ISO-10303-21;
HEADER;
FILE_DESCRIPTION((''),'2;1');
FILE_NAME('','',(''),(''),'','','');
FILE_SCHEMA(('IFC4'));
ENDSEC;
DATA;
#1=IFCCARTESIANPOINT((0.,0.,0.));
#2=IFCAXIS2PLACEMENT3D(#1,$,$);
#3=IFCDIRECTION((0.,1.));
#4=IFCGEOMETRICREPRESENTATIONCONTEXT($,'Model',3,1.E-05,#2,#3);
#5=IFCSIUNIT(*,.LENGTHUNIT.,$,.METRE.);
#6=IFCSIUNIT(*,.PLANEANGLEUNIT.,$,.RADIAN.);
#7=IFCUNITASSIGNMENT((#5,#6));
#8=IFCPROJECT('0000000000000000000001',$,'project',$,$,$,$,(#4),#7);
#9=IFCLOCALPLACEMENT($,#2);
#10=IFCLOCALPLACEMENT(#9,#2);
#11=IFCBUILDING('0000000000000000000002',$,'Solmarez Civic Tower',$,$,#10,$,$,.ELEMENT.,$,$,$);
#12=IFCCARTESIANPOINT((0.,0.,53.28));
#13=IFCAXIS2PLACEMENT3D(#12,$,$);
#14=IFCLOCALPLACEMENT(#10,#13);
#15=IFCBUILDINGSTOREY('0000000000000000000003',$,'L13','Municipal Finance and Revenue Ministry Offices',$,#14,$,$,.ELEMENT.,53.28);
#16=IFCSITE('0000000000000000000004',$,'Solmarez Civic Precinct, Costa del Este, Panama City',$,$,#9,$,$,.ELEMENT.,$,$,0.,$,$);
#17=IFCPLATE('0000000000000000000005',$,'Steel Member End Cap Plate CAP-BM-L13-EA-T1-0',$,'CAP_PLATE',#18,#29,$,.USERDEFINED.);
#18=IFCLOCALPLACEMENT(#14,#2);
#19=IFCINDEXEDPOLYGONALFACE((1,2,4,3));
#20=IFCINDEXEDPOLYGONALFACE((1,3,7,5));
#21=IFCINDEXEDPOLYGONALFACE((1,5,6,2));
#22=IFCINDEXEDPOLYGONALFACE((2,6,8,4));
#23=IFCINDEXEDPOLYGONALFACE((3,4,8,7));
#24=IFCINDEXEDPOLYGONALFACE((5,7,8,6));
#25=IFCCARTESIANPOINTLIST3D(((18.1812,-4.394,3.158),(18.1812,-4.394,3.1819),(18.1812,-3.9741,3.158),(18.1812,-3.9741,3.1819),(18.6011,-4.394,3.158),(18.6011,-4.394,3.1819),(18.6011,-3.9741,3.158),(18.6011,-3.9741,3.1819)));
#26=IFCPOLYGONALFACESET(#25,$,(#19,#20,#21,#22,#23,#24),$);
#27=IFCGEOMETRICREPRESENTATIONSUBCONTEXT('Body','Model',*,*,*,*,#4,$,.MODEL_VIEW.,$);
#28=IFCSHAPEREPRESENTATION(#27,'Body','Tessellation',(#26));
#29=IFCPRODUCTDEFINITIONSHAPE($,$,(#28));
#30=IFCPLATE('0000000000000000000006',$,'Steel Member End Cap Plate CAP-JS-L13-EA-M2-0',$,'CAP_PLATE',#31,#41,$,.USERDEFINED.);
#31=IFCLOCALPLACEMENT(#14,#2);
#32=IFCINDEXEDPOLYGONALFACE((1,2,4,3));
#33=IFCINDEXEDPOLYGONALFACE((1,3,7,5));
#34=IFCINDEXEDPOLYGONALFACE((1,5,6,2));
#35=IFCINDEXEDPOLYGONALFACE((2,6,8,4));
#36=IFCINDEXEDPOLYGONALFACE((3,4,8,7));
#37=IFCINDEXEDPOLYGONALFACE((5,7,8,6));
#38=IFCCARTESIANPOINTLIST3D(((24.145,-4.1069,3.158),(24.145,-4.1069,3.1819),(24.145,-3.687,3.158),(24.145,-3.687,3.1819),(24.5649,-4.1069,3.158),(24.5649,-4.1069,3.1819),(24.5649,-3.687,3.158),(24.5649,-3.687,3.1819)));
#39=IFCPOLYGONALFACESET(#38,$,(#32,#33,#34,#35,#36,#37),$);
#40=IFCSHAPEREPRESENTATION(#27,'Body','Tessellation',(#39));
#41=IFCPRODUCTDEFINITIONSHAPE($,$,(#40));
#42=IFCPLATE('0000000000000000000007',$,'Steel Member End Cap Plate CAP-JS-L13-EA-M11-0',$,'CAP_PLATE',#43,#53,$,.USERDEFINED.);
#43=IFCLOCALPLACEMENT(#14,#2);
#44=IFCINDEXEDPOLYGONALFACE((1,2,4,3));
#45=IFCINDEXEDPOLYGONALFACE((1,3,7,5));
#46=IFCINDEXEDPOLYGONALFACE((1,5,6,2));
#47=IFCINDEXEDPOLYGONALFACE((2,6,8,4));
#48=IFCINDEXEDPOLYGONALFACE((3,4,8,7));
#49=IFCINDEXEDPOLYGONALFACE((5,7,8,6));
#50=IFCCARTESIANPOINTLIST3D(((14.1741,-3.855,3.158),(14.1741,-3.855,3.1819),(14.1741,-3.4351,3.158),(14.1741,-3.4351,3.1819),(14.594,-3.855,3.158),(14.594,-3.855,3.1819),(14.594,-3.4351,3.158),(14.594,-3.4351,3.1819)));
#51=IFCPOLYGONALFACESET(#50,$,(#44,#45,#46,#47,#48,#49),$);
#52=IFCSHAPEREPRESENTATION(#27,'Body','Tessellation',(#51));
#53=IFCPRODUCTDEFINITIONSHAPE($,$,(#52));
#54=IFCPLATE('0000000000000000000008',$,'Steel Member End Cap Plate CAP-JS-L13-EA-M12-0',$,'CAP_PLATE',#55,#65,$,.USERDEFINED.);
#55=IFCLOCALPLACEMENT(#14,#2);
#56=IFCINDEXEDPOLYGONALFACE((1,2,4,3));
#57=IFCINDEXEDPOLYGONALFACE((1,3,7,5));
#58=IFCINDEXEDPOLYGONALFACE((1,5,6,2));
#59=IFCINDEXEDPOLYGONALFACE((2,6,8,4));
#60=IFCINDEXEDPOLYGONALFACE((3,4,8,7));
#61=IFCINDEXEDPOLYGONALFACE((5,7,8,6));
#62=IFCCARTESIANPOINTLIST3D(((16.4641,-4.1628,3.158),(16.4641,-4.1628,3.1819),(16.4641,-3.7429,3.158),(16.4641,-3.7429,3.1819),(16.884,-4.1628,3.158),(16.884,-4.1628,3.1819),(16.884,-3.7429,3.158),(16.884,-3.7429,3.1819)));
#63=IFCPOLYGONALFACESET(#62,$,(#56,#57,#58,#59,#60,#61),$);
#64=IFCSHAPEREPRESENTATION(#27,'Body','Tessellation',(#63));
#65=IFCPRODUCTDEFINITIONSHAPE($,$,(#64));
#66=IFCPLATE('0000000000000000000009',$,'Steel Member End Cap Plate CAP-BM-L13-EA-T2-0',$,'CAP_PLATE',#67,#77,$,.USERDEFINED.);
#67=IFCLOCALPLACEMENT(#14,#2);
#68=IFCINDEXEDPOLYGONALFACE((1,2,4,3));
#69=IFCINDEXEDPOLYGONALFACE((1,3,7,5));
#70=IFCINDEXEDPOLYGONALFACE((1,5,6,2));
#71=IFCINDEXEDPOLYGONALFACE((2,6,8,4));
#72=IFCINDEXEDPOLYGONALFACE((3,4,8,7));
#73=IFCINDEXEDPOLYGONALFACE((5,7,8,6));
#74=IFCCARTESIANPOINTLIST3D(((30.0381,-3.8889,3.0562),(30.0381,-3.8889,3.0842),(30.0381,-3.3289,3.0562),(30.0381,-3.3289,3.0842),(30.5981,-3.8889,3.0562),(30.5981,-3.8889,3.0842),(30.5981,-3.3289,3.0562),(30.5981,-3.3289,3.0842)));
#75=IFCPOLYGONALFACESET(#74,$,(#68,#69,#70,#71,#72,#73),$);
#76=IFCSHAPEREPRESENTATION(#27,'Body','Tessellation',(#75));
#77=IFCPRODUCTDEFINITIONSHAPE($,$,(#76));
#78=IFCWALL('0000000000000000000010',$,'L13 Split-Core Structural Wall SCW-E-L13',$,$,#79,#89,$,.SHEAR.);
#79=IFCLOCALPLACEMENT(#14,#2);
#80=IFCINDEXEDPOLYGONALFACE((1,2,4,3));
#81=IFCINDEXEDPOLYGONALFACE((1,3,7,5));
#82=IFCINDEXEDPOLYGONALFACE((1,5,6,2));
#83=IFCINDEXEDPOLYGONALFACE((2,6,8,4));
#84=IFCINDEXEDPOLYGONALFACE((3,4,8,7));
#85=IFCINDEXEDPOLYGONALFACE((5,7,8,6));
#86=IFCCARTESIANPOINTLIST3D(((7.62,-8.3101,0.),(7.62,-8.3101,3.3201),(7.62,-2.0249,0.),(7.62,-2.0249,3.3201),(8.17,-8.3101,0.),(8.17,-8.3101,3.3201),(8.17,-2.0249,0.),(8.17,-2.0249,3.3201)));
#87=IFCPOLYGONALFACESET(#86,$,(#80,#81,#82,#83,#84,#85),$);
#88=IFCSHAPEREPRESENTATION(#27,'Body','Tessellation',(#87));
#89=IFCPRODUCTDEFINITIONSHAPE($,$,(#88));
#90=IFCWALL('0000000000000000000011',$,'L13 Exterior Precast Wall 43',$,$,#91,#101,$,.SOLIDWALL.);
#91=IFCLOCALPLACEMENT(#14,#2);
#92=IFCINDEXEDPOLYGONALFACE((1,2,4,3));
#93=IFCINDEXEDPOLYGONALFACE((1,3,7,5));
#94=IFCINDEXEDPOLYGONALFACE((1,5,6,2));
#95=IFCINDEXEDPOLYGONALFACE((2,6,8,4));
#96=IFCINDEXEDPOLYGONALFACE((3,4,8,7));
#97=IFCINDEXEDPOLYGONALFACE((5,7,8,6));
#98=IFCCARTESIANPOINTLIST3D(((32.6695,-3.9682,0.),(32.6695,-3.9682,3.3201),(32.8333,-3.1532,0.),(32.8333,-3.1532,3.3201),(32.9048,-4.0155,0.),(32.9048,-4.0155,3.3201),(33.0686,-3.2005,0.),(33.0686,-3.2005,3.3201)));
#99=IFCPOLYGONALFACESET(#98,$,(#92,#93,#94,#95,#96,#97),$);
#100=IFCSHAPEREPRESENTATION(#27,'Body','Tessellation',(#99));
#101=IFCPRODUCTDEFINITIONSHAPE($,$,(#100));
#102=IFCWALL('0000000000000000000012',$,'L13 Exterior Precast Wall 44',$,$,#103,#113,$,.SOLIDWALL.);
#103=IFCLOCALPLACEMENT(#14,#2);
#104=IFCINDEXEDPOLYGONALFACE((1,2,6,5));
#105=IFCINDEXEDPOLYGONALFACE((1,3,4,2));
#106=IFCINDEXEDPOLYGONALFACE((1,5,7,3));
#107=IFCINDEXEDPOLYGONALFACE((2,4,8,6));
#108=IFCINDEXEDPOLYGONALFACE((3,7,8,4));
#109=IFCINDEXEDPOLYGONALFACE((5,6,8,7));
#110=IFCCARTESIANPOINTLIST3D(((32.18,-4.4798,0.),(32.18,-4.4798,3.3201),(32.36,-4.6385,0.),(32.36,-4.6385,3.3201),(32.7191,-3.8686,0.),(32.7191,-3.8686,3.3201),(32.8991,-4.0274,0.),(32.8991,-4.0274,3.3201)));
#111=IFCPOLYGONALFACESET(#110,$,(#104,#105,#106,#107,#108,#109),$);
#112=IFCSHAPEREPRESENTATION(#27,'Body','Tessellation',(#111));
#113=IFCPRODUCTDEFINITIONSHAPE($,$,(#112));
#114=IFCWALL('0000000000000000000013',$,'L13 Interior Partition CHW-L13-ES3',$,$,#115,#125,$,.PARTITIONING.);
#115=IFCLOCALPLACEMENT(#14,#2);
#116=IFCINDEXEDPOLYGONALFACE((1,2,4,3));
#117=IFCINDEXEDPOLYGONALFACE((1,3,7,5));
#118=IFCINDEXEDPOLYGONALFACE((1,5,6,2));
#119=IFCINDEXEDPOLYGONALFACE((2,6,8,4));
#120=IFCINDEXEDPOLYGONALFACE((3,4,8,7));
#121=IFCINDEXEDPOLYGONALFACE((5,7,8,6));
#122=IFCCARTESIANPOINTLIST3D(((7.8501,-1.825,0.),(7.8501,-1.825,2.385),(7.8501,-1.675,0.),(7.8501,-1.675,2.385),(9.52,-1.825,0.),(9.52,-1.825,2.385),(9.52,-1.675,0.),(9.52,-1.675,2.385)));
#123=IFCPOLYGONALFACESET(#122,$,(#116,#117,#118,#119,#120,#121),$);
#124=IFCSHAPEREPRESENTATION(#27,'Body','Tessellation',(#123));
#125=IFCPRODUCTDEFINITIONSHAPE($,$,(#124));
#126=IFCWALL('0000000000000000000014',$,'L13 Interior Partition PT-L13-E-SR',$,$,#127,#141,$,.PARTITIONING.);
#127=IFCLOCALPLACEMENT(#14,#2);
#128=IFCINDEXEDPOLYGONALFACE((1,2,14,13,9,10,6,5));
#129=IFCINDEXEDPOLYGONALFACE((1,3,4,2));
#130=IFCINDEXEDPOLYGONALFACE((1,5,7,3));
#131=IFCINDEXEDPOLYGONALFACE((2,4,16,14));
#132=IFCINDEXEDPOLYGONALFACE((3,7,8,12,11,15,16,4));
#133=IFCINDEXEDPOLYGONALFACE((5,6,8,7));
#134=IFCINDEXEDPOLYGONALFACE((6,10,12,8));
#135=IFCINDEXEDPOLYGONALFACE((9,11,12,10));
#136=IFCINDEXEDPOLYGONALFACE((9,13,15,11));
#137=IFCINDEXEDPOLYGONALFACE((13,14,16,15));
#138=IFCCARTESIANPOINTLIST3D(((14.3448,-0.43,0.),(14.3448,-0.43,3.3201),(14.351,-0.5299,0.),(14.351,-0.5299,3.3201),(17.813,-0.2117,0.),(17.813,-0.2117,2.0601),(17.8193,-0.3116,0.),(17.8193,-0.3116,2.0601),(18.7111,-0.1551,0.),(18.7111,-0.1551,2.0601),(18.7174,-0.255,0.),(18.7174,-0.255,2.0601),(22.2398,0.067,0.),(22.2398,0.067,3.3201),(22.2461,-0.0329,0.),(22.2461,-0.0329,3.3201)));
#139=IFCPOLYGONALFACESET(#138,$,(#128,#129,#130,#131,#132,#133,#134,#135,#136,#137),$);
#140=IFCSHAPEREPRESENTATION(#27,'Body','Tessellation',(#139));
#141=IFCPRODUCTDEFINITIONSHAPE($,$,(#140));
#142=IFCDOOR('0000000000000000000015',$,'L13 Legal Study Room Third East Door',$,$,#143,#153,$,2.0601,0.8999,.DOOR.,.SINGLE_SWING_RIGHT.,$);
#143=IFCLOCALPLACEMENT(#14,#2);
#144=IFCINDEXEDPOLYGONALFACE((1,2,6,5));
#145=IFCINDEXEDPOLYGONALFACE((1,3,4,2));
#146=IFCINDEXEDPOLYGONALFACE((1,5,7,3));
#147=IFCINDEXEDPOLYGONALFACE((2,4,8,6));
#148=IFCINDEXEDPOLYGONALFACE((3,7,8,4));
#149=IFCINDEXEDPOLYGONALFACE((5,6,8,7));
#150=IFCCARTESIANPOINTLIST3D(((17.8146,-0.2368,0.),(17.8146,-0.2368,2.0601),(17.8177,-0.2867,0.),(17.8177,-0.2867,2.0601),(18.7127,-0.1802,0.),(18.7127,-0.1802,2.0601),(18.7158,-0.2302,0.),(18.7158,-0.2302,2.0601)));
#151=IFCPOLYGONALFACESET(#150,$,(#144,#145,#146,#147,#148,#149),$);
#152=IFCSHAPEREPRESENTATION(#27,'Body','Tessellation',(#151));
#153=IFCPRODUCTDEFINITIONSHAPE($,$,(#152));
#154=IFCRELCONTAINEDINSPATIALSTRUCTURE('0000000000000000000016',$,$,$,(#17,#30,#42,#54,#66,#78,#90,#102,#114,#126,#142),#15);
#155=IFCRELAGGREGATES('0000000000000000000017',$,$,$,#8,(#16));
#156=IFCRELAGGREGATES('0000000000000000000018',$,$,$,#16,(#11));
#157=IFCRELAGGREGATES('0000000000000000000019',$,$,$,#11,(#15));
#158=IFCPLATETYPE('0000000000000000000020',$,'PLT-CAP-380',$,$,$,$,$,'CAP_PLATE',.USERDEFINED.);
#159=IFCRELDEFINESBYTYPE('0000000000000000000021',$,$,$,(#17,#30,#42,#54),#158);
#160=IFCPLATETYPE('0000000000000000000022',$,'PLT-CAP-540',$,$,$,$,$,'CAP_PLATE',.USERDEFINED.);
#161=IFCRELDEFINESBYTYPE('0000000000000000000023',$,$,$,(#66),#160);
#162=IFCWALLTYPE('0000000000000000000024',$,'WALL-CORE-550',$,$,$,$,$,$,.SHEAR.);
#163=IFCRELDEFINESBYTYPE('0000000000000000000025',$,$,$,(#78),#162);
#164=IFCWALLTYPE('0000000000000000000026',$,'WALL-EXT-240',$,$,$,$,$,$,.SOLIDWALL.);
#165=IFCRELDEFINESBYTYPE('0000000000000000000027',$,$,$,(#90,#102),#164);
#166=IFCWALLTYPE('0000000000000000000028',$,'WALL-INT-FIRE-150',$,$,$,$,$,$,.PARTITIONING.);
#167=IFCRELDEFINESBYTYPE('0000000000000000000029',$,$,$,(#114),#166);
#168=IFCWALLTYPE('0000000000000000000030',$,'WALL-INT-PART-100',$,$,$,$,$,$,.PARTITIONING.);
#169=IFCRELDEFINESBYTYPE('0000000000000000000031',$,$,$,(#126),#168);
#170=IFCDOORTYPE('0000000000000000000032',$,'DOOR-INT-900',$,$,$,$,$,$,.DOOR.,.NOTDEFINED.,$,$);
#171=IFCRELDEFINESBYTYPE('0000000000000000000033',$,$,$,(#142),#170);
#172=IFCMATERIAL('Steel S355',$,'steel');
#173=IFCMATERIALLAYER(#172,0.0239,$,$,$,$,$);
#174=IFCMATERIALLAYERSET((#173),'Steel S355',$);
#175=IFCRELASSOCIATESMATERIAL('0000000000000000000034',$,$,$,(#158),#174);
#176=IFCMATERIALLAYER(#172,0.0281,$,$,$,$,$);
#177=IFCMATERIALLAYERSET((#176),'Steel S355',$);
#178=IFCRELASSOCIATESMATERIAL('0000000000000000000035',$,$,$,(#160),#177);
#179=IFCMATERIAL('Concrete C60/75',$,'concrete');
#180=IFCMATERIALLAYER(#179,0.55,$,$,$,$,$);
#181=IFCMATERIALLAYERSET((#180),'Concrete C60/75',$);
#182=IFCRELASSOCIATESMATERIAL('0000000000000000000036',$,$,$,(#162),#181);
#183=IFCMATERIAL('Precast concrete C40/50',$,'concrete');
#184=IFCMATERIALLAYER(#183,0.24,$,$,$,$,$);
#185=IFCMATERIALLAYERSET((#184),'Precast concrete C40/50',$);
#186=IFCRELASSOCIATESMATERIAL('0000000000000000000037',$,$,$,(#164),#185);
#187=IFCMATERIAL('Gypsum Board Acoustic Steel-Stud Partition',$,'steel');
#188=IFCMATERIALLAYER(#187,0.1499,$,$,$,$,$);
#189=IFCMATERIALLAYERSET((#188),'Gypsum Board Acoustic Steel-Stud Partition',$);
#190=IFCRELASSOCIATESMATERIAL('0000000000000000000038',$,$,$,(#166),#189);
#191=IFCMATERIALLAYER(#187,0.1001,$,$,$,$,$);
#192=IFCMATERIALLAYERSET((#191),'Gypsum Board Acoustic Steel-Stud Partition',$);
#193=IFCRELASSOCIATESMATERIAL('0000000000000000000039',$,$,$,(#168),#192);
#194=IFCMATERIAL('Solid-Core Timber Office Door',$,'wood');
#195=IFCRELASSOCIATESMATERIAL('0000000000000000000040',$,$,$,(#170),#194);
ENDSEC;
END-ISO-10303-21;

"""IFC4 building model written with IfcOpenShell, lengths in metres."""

from ifc_helpers import new_model, si_unit, direction, frame, frame_2d, origin, origin_2d, place, context, subcontext, project, spatial, rectangle, extrude, material, layer, layer_set, type_object, element, fill, save


model = new_model("IFC4")

# Units and contexts
model_context = context("Model", 3, precision=1e-05, world=origin(), true_north=direction((0.0, 1.0)))
body_context = subcontext(model_context, "Body", "Model", "MODEL_VIEW")
ifc_project = project(units=[si_unit("LENGTHUNIT", "METRE"), si_unit("PLANEANGLEUNIT", "RADIAN")], contexts=[model_context])

# Site, building, storey
site_placement = place(None, origin())
site = spatial("IfcSite", under=ifc_project, at=site_placement, Name="Solmarez Civic Precinct, Costa del Este, Panama City", CompositionType="ELEMENT", RefElevation=0.0)
building_placement = place(site_placement, origin())
building = spatial("IfcBuilding", under=site, at=building_placement, Name="Solmarez Civic Tower", CompositionType="ELEMENT")
storey_placement = place(building_placement, frame((0.0, 0.0, 53.28)))
storey = spatial("IfcBuildingStorey", under=building, at=storey_placement, Name="L13", Description="Municipal Finance and Revenue Ministry Offices", CompositionType="ELEMENT", Elevation=53.28)

# Shared definitions
ifc_material_1 = material(Name="Concrete C60/75", Category="concrete")

# Shared definitions
ifc_material_2 = material(Name="Steel S355", Category="steel")

# Plates
ifc_layer_1 = layer(ifc_material_2, 0.0239)
ifc_layer_set_1 = layer_set([ifc_layer_1], Name="Steel S355")
plate_type_1 = type_object("IfcPlateType", Name="PLT-CAP-380", ElementType="CAP_PLATE", PredefinedType="USERDEFINED", material=ifc_layer_set_1)
for number, where, z_axis, x_axis, name in (
    (1, (18.3911, -4.1841, 3.158), (0.0, 0.0, 1.0), (1.0, 0.0, 0.0), "Steel Member End Cap Plate CAP-BM-L13-EA-T1-0"),
    (2, (24.355, -3.897, 3.158), (0.0, 0.0, 1.0), (1.0, 0.0, 0.0), "Steel Member End Cap Plate CAP-JS-L13-EA-M2-0"),
    (3, (14.384, -3.645, 3.158), (0.0, 0.0, 1.0), (1.0, 0.0, 0.0), "Steel Member End Cap Plate CAP-JS-L13-EA-M11-0"),
    (4, (16.6741, -3.9529, 3.158), (0.0, 0.0, 1.0), (1.0, 0.0, 0.0), "Steel Member End Cap Plate CAP-JS-L13-EA-M12-0"),
):
    element("IfcPlate", number, at=place(storey_placement, frame(where, z_axis=z_axis, x_axis=x_axis)), inside=storey, type_object=plate_type_1, Name=name, ObjectType="CAP_PLATE", PredefinedType="USERDEFINED", context=body_context, shape_type="SweptSolid", body=[
        extrude(rectangle(XDim=0.4199, YDim=0.4199, at=origin_2d()), origin(), (0.0, 0.0, 1.0), 0.0239),
    ])
ifc_layer_2 = layer(ifc_material_2, 0.0281)
ifc_layer_set_2 = layer_set([ifc_layer_2], Name="Steel S355")
plate_type_2 = type_object("IfcPlateType", Name="PLT-CAP-540", ElementType="CAP_PLATE", PredefinedType="USERDEFINED", material=ifc_layer_set_2)
plate_placement = place(storey_placement, frame((30.3181, -3.6089, 3.0562), z_axis=(0.0, 0.0, 1.0), x_axis=(1.0, 0.0, 0.0)))
element("IfcPlate", 5, at=plate_placement, inside=storey, type_object=plate_type_2, Name="Steel Member End Cap Plate CAP-BM-L13-EA-T2-0", ObjectType="CAP_PLATE", PredefinedType="USERDEFINED", context=body_context, shape_type="SweptSolid", body=[
    extrude(rectangle(XDim=0.5601, YDim=0.5601, at=origin_2d()), origin(), (0.0, 0.0, 1.0), 0.0281),
])

# Walls
ifc_layer_3 = layer(ifc_material_1, 0.55)
ifc_layer_set_3 = layer_set([ifc_layer_3], Name="Concrete C60/75")
wall_type_1 = type_object("IfcWallType", Name="WALL-CORE-550", PredefinedType="SHEAR", material=ifc_layer_set_3)
wall_1_placement = place(storey_placement, frame((7.895, -2.0249, 0.0), z_axis=(0.0, 0.0, 1.0), x_axis=(0.0, -1.0, 0.0)))
element("IfcWall", 6, at=wall_1_placement, inside=storey, type_object=wall_type_1, Name="L13 Split-Core Structural Wall SCW-E-L13", PredefinedType="SHEAR", context=body_context, shape_type="SweptSolid", body=[
    extrude(rectangle(XDim=6.2852, YDim=0.55, at=frame_2d((3.1426, 0.0))), origin(), (0.0, 0.0, 1.0), 3.3201),
])
ifc_material_3 = material(Name="Precast concrete C40/50", Category="concrete")
ifc_layer_4 = layer(ifc_material_3, 0.24)
ifc_layer_set_4 = layer_set([ifc_layer_4], Name="Precast concrete C40/50")
wall_type_2 = type_object("IfcWallType", Name="WALL-EXT-240", PredefinedType="SOLIDWALL", material=ifc_layer_set_4)
wall_2_placement = place(storey_placement, frame((32.9509, -3.177, 0.0), z_axis=(0.0, 0.0, 1.0), x_axis=(-0.197076, -0.980388, 0.0)))
element("IfcWall", 7, at=wall_2_placement, inside=storey, type_object=wall_type_2, Name="L13 Exterior Precast Wall 43", PredefinedType="SOLIDWALL", context=body_context, shape_type="SweptSolid", body=[
    extrude(rectangle(XDim=0.8313, YDim=0.24, at=frame_2d((0.4155, 0.0))), origin(), (0.0, 0.0, 1.0), 3.3201),
])
wall_3_placement = place(storey_placement, frame((32.8091, -3.948, 0.0), z_axis=(0.0, 0.0, 1.0), x_axis=(-0.661532, -0.749917, 0.0)))
element("IfcWall", 8, at=wall_3_placement, inside=storey, type_object=wall_type_2, Name="L13 Exterior Precast Wall 44", PredefinedType="SOLIDWALL", context=body_context, shape_type="SweptSolid", body=[
    extrude(rectangle(XDim=0.8149, YDim=0.24, at=frame_2d((0.4075, 0.0))), origin(), (0.0, 0.0, 1.0), 3.3201),
])
ifc_material_4 = material(Name="Gypsum Board Acoustic Steel-Stud Partition", Category="steel")
ifc_layer_5 = layer(ifc_material_4, 0.1499)
ifc_layer_set_5 = layer_set([ifc_layer_5], Name="Gypsum Board Acoustic Steel-Stud Partition")
wall_type_3 = type_object("IfcWallType", Name="WALL-INT-FIRE-150", PredefinedType="PARTITIONING", material=ifc_layer_set_5)
wall_4_placement = place(storey_placement, frame((7.8501, -1.75, 0.0), z_axis=(0.0, 0.0, 1.0), x_axis=(1.0, 0.0, 0.0)))
element("IfcWall", 9, at=wall_4_placement, inside=storey, type_object=wall_type_3, Name="L13 Interior Partition CHW-L13-ES3", PredefinedType="PARTITIONING", context=body_context, shape_type="SweptSolid", body=[
    extrude(rectangle(XDim=1.6699, YDim=0.1499, at=frame_2d((0.835, 0.0))), origin(), (0.0, 0.0, 1.0), 2.385),
])

# Wall, opening, door
ifc_layer_6 = layer(ifc_material_4, 0.1001)
ifc_layer_set_6 = layer_set([ifc_layer_6], Name="Gypsum Board Acoustic Steel-Stud Partition")
wall_type_4 = type_object("IfcWallType", Name="WALL-INT-PART-100", PredefinedType="PARTITIONING", material=ifc_layer_set_6)
wall_5_placement = place(storey_placement, frame((14.3479, -0.48, 0.0), z_axis=(0.0, 0.0, 1.0), x_axis=(0.998024, 0.062836, 0.0)))
wall_5 = element("IfcWall", 10, at=wall_5_placement, inside=storey, type_object=wall_type_4, Name="L13 Interior Partition PT-L13-E-SR", PredefinedType="PARTITIONING", context=body_context, shape_type="SweptSolid", body=[
    extrude(rectangle(XDim=7.9106, YDim=0.1001, at=frame_2d((3.9553, 0.0))), origin(), (0.0, 0.0, 1.0), 3.3201),
])
opening_placement = place(wall_5_placement, frame((3.4751, 0.0, 0.0)))
opening = element("IfcOpeningElement", 11, at=opening_placement, cuts=wall_5, PredefinedType="OPENING", context=body_context, shape_type="SweptSolid", body=[
    extrude(rectangle(XDim=0.8999, YDim=2.0601, at=frame_2d((0.45, 1.03))), frame((0.0, 0.0601, 0.0), z_axis=(0.0, -1.0, 0.0), x_axis=(1.0, 0.0, 0.0)), (0.0, 0.0, 1.0), 0.1201),
])
ifc_material_5 = material(Name="Solid-Core Timber Office Door", Category="wood")
door_type = type_object("IfcDoorType", Name="DOOR-INT-900", OperationType="NOTDEFINED", PredefinedType="DOOR", material=ifc_material_5)
door_placement = place(opening_placement, origin())
door = element("IfcDoor", 12, at=door_placement, inside=storey, type_object=door_type, Name="L13 Legal Study Room Third East Door", OperationType="SINGLE_SWING_RIGHT", OverallHeight=2.0601, OverallWidth=0.8999, PredefinedType="DOOR", context=body_context, shape_type="SweptSolid", body=[
    extrude(rectangle(XDim=0.8999, YDim=2.0601, at=frame_2d((0.45, 1.03))), frame((0.0, 0.0249, 0.0), z_axis=(0.0, -1.0, 0.0), x_axis=(1.0, 0.0, 0.0)), (0.0, 0.0, 1.0), 0.05),
])
fill(opening, door)

save(model, "model.ifc")
